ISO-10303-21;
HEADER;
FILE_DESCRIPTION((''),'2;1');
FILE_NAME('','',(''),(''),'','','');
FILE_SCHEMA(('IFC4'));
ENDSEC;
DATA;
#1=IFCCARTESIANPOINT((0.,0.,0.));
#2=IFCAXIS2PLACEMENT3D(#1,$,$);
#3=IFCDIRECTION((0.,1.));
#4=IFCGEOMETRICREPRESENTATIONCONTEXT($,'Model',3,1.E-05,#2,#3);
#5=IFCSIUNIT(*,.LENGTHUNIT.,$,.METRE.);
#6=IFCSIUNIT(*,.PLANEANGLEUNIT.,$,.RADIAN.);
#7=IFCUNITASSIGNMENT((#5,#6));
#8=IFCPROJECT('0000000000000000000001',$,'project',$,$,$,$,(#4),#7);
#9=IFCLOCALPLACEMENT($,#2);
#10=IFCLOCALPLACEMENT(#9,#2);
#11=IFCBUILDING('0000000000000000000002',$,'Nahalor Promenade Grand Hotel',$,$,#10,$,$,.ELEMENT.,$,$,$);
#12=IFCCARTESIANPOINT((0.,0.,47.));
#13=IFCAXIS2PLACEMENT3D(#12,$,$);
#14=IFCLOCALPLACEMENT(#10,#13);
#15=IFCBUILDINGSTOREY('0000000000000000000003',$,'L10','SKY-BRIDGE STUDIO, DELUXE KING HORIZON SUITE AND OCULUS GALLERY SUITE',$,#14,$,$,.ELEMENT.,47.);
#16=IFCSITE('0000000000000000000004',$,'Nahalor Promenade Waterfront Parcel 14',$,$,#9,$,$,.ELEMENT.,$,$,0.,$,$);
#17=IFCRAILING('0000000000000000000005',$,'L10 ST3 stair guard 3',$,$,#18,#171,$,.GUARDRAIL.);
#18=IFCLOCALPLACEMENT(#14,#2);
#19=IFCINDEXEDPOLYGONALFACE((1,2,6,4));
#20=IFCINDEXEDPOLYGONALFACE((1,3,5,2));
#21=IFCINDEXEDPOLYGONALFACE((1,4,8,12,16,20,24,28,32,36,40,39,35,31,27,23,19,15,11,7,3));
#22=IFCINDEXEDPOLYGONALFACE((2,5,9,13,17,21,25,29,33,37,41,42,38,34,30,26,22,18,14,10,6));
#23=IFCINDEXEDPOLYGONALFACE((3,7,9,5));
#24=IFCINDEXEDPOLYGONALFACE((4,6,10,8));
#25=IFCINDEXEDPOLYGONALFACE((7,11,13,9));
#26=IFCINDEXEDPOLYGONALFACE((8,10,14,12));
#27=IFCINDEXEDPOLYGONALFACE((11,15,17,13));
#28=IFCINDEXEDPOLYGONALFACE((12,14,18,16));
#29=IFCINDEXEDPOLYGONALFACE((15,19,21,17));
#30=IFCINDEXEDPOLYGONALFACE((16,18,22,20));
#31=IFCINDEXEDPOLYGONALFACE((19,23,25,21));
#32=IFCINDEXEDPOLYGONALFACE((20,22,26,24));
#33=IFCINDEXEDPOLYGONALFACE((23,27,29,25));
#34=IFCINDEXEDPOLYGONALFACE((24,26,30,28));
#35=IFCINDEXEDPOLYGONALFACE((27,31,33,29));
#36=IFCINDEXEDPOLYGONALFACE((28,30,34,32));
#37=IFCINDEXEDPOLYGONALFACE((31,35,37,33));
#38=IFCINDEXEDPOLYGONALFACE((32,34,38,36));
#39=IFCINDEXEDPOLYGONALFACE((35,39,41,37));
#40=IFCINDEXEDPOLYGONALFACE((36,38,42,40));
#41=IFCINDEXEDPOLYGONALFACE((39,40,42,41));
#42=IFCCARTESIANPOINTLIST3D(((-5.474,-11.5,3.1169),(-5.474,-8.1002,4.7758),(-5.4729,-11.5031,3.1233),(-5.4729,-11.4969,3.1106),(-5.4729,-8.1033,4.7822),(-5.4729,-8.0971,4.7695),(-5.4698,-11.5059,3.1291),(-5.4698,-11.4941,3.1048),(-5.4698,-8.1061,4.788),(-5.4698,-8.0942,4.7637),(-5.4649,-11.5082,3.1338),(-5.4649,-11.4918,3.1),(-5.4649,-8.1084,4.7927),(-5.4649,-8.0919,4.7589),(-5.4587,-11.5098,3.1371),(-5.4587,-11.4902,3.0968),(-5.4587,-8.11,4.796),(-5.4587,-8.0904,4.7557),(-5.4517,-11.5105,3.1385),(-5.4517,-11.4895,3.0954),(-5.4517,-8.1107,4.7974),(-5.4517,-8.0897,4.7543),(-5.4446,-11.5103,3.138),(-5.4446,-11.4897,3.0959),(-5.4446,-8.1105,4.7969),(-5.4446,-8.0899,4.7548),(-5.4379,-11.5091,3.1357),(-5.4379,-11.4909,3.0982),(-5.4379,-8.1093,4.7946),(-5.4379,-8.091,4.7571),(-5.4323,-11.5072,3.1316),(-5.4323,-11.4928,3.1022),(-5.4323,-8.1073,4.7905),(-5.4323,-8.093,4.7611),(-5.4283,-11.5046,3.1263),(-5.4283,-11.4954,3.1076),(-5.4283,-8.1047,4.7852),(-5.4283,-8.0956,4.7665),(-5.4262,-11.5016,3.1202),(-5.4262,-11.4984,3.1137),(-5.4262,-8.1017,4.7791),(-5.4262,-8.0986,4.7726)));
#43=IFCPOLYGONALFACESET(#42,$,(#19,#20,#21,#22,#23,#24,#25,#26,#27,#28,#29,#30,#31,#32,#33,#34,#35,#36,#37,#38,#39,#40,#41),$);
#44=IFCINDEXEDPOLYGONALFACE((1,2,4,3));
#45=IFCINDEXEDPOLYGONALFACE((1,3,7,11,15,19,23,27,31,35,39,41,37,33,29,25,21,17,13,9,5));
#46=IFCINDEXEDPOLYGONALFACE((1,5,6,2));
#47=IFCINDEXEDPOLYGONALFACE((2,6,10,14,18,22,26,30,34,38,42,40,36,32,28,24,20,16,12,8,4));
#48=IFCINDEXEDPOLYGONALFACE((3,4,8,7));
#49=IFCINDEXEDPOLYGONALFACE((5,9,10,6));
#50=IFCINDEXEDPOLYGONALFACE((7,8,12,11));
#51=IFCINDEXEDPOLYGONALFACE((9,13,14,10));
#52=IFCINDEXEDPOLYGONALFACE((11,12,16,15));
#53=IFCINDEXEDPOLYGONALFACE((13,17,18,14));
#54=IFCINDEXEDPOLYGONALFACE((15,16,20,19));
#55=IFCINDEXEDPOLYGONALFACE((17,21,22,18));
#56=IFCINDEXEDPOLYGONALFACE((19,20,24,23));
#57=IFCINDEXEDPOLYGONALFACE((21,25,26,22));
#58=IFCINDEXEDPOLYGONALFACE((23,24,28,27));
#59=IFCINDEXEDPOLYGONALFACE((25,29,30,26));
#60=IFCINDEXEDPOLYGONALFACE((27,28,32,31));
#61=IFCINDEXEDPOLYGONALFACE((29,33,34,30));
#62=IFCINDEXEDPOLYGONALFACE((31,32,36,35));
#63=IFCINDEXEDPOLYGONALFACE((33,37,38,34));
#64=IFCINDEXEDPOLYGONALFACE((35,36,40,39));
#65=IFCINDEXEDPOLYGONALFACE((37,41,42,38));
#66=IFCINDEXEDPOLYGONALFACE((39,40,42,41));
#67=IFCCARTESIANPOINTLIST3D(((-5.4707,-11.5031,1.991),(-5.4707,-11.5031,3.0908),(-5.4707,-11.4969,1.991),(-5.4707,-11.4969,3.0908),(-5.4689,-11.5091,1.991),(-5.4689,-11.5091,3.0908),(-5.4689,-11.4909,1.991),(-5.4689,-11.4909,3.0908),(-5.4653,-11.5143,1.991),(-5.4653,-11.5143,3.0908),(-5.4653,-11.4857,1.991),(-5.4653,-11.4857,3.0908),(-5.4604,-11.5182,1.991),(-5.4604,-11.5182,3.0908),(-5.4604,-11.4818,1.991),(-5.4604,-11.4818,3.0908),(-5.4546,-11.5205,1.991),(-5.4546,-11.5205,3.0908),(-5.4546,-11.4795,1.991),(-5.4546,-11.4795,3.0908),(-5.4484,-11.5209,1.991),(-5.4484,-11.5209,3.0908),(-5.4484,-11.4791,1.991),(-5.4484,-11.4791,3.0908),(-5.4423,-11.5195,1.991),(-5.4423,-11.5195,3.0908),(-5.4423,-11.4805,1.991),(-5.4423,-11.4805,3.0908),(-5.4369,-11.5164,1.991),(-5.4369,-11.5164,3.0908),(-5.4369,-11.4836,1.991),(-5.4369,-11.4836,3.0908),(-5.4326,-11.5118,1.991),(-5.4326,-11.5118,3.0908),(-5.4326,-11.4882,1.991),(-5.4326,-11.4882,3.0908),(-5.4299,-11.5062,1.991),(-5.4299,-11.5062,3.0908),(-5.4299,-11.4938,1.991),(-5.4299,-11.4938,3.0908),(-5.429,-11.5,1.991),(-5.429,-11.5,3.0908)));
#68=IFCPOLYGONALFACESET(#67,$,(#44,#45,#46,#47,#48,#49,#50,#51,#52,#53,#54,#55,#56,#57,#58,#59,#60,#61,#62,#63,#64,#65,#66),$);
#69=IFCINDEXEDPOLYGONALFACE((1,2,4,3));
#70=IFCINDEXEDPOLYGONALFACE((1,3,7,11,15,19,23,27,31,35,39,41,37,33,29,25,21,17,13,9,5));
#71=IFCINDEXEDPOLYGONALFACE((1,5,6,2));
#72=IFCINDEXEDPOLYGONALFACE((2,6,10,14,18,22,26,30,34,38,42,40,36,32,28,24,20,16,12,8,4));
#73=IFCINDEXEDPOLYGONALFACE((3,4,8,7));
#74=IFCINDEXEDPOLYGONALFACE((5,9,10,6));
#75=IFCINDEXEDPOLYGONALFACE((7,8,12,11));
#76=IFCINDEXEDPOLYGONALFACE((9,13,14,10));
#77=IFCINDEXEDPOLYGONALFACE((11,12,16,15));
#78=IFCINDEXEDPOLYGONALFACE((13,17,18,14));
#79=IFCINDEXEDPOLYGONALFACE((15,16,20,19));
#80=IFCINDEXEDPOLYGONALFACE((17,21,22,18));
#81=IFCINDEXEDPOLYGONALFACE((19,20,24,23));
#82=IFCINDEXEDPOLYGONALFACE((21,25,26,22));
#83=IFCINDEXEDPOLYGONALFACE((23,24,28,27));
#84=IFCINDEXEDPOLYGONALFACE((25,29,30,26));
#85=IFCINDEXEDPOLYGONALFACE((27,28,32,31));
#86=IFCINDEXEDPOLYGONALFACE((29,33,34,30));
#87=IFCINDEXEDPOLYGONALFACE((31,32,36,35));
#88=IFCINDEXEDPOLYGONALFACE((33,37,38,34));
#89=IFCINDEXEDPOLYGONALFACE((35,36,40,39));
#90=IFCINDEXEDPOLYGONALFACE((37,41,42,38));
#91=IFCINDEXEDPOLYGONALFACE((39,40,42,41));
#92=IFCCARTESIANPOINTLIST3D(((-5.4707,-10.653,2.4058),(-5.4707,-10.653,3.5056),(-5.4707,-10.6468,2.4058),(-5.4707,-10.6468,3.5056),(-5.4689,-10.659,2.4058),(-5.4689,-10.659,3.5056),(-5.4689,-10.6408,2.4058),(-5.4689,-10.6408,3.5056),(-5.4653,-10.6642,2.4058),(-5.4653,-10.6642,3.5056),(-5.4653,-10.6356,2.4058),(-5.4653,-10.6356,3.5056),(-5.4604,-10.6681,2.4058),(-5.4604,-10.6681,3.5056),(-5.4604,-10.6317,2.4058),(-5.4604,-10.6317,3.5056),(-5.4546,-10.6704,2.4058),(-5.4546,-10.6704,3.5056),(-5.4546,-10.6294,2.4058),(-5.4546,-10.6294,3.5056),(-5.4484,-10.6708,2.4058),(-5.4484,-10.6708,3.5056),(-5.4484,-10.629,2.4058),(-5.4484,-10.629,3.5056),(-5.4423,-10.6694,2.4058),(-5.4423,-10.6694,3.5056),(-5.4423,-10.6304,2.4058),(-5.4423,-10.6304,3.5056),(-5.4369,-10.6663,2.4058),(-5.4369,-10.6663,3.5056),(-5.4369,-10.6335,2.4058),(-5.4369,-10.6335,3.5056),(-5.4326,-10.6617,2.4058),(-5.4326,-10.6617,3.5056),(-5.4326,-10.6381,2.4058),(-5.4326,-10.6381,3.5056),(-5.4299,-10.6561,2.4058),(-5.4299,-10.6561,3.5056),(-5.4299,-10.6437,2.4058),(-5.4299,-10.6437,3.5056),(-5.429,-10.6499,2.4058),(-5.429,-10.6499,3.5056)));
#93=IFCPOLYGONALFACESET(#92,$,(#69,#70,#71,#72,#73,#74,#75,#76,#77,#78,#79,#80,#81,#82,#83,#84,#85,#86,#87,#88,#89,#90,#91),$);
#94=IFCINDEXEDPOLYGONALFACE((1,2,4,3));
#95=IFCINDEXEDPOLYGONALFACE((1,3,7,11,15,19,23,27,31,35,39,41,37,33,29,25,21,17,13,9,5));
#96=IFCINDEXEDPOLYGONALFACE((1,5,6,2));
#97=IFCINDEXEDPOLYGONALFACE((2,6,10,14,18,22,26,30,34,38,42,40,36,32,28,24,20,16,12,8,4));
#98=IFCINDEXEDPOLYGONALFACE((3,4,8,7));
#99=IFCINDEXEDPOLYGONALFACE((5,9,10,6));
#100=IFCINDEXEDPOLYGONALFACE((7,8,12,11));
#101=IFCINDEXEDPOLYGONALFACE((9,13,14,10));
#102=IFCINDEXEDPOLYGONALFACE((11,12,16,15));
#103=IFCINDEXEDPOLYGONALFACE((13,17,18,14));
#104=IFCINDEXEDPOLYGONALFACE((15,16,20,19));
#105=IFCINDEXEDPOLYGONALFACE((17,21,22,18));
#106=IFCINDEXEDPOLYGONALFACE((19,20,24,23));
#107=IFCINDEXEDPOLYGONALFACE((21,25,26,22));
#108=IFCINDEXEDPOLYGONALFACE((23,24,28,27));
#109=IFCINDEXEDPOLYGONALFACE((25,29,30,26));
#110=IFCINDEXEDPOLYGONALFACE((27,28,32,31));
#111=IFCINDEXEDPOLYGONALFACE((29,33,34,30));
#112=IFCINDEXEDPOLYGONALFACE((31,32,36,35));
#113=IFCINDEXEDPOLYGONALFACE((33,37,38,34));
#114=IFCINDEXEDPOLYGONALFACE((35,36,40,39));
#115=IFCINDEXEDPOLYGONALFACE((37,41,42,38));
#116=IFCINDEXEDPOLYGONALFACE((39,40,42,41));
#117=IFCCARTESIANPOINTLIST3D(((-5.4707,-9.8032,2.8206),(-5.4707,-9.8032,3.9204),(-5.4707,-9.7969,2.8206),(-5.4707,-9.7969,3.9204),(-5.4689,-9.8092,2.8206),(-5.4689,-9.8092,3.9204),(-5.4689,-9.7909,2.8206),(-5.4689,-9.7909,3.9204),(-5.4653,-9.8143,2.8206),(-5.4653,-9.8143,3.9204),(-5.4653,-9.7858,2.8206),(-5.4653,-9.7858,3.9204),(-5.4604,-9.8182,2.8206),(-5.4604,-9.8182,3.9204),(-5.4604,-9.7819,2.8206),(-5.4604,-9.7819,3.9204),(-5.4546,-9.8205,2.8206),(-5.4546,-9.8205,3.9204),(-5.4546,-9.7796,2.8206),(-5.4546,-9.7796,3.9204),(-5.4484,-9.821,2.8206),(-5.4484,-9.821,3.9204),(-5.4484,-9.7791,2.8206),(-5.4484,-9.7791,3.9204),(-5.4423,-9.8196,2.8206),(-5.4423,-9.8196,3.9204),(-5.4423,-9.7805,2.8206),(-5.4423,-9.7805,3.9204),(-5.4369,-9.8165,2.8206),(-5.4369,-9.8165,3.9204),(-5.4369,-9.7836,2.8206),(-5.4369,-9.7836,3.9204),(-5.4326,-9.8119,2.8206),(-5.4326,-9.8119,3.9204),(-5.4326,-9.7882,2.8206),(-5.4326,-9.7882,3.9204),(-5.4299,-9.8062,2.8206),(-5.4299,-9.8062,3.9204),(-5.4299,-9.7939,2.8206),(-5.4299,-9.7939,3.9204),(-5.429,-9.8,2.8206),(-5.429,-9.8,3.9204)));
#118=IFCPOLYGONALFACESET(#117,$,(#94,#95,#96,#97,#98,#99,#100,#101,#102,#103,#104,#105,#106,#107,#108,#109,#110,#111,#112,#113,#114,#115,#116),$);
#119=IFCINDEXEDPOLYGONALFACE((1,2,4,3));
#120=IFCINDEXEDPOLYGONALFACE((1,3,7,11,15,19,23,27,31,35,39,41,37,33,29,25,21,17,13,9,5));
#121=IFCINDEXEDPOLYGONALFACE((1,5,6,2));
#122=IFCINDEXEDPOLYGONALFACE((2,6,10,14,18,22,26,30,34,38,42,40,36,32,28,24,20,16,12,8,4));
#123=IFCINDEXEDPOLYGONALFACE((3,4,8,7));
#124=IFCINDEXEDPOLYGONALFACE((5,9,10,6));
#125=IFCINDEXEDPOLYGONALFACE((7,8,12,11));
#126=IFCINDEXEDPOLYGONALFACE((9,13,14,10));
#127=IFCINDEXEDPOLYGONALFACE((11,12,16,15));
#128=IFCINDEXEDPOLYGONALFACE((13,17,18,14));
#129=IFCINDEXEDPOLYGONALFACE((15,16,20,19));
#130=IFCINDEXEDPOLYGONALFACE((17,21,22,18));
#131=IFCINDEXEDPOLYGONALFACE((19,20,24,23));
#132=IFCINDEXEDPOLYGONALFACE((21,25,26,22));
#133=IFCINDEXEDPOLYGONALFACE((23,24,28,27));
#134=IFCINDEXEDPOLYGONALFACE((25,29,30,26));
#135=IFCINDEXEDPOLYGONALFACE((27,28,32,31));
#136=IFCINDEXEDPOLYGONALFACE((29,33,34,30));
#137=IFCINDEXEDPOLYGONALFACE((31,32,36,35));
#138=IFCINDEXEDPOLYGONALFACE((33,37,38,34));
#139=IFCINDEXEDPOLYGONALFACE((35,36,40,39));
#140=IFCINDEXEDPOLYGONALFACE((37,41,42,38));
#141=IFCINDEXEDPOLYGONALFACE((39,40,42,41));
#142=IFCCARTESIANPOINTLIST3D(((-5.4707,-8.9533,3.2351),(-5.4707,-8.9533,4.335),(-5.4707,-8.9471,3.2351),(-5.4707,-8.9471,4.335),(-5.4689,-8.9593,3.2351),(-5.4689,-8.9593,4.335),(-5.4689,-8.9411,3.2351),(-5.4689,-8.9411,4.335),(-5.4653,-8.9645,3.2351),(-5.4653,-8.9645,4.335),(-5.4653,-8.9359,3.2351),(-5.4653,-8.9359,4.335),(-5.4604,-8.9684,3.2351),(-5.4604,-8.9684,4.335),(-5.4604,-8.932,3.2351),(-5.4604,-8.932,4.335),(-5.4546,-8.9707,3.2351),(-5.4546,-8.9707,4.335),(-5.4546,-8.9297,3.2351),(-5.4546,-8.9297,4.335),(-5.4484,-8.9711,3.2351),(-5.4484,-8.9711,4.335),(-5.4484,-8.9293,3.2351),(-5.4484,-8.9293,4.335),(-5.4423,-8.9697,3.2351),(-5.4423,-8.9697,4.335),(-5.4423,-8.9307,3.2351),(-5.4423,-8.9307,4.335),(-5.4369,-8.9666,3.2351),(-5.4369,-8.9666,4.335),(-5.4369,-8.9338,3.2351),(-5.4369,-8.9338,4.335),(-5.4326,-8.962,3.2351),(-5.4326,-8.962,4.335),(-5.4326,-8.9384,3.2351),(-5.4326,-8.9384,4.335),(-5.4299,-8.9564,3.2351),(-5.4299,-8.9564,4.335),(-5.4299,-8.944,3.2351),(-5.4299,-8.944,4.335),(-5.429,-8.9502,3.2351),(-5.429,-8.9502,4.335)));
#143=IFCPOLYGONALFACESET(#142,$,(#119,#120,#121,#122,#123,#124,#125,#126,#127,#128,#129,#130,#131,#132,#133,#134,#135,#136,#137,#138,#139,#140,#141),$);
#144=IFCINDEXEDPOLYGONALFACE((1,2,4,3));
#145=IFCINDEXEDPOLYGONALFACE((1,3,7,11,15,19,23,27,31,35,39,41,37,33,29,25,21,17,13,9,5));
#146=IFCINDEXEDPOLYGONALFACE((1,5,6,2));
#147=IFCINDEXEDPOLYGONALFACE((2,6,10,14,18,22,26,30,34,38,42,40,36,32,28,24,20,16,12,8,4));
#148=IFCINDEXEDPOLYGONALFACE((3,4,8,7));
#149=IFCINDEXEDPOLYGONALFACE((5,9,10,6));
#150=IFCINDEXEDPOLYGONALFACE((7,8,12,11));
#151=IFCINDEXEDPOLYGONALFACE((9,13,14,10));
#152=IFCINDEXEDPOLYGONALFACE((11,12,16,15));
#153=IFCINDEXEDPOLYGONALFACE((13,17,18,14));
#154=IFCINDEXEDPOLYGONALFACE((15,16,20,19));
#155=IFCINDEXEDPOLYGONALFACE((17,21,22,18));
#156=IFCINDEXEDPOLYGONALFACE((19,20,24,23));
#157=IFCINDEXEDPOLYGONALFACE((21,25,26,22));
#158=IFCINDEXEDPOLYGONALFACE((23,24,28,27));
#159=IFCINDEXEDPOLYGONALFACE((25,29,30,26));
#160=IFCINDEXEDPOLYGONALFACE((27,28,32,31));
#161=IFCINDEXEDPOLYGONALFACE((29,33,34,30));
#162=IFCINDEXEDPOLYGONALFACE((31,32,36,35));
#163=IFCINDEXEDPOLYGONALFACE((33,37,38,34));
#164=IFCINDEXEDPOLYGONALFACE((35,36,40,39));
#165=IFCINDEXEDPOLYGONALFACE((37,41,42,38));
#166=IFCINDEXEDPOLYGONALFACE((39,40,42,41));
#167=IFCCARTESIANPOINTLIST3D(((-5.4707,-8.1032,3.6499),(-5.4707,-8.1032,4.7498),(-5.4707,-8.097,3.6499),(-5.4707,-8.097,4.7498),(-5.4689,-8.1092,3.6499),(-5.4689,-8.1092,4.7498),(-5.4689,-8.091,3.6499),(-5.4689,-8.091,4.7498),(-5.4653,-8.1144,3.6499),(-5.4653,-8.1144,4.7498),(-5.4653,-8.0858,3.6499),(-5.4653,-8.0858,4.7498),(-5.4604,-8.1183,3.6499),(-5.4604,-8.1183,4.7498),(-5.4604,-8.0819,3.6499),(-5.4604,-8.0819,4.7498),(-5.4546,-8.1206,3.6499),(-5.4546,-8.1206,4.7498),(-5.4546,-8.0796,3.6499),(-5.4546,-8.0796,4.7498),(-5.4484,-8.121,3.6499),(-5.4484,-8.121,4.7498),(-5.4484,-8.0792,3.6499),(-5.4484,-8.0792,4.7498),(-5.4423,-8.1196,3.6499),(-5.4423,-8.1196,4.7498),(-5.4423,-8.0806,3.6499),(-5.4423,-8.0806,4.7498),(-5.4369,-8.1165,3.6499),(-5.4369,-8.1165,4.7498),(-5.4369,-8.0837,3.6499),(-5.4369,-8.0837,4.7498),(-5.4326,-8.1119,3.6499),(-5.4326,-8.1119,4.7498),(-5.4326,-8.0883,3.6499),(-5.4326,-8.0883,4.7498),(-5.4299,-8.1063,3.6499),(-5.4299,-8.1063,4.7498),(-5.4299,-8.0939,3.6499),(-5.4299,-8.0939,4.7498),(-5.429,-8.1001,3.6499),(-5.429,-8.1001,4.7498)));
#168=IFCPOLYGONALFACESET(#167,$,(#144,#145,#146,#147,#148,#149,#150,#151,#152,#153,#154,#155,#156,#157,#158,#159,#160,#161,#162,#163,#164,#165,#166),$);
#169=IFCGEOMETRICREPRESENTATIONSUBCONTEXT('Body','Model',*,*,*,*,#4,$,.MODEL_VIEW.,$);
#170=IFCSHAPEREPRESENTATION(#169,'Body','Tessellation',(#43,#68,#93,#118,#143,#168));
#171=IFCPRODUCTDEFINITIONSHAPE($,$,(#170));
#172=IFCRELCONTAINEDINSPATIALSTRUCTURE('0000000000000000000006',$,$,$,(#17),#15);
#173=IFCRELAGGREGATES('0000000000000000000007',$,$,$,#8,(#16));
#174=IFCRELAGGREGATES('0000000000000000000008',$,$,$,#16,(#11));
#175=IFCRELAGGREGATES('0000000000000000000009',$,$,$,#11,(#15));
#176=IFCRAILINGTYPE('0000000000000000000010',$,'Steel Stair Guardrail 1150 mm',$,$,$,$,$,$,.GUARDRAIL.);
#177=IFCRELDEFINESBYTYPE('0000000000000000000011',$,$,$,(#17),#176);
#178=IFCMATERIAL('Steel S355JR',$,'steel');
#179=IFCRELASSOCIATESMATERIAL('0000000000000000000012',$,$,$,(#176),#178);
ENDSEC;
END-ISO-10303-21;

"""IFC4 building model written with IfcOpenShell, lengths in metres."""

from ifc_helpers import new_model, si_unit, direction, frame, origin, origin_2d, place, context, subcontext, project, spatial, circle, extrude, material, type_object, element, save


model = new_model("IFC4")

# Units and contexts
model_context = context("Model", 3, precision=1e-05, world=origin(), true_north=direction((0.0, 1.0)))
body_context = subcontext(model_context, "Body", "Model", "MODEL_VIEW")
ifc_project = project(units=[si_unit("LENGTHUNIT", "METRE"), si_unit("PLANEANGLEUNIT", "RADIAN")], contexts=[model_context])

# Site, building, storey
site_placement = place(None, origin())
site = spatial("IfcSite", under=ifc_project, at=site_placement, Name="Nahalor Promenade Waterfront Parcel 14", CompositionType="ELEMENT", RefElevation=0.0)
building_placement = place(site_placement, origin())
building = spatial("IfcBuilding", under=site, at=building_placement, Name="Nahalor Promenade Grand Hotel", CompositionType="ELEMENT")
storey_placement = place(building_placement, frame((0.0, 0.0, 47.0)))
storey = spatial("IfcBuildingStorey", under=building, at=storey_placement, Name="L10", Description="SKY-BRIDGE STUDIO, DELUXE KING HORIZON SUITE AND OCULUS GALLERY SUITE", CompositionType="ELEMENT", Elevation=47.0)

# Shared definitions
ifc_material_1 = material(Name="Steel S355JR", Category="steel")

# Railing
railing_type_1 = type_object("IfcRailingType", Name="Steel Stair Guardrail 1150 mm", PredefinedType="GUARDRAIL", material=ifc_material_1)
railing_1_placement = place(storey_placement, frame((-5.45, -11.5, 1.991)))
element("IfcRailing", 1, at=railing_1_placement, inside=storey, type_object=railing_type_1, Name="L10 ST3 stair guard 3", PredefinedType="GUARDRAIL", context=body_context, shape_type="SweptSolid", body=[
    extrude(circle(Radius=0.024, at=origin_2d()), frame((0.0, 0.0, 1.126), z_axis=(0.0, 0.898722, 0.438519), x_axis=(-1.0, 0.0, 0.0)), (0.0, 0.0, 1.0), 3.783),
    extrude(circle(Radius=0.021, at=origin_2d()), origin(), (0.0, 0.0, 1.0), 1.0999),
    extrude(circle(Radius=0.021, at=origin_2d()), frame((0.0, 0.8501, 0.4148)), (0.0, 0.0, 1.0), 1.0999),
    extrude(circle(Radius=0.021, at=origin_2d()), frame((0.0, 1.7, 0.8296)), (0.0, 0.0, 1.0), 1.0999),
    extrude(circle(Radius=0.021, at=origin_2d()), frame((0.0, 2.5498, 1.2441)), (0.0, 0.0, 1.0), 1.0999),
    extrude(circle(Radius=0.021, at=origin_2d()), frame((0.0, 3.3999, 1.6589)), (0.0, 0.0, 1.0), 1.0999),
])

save(model, "model.ifc")
